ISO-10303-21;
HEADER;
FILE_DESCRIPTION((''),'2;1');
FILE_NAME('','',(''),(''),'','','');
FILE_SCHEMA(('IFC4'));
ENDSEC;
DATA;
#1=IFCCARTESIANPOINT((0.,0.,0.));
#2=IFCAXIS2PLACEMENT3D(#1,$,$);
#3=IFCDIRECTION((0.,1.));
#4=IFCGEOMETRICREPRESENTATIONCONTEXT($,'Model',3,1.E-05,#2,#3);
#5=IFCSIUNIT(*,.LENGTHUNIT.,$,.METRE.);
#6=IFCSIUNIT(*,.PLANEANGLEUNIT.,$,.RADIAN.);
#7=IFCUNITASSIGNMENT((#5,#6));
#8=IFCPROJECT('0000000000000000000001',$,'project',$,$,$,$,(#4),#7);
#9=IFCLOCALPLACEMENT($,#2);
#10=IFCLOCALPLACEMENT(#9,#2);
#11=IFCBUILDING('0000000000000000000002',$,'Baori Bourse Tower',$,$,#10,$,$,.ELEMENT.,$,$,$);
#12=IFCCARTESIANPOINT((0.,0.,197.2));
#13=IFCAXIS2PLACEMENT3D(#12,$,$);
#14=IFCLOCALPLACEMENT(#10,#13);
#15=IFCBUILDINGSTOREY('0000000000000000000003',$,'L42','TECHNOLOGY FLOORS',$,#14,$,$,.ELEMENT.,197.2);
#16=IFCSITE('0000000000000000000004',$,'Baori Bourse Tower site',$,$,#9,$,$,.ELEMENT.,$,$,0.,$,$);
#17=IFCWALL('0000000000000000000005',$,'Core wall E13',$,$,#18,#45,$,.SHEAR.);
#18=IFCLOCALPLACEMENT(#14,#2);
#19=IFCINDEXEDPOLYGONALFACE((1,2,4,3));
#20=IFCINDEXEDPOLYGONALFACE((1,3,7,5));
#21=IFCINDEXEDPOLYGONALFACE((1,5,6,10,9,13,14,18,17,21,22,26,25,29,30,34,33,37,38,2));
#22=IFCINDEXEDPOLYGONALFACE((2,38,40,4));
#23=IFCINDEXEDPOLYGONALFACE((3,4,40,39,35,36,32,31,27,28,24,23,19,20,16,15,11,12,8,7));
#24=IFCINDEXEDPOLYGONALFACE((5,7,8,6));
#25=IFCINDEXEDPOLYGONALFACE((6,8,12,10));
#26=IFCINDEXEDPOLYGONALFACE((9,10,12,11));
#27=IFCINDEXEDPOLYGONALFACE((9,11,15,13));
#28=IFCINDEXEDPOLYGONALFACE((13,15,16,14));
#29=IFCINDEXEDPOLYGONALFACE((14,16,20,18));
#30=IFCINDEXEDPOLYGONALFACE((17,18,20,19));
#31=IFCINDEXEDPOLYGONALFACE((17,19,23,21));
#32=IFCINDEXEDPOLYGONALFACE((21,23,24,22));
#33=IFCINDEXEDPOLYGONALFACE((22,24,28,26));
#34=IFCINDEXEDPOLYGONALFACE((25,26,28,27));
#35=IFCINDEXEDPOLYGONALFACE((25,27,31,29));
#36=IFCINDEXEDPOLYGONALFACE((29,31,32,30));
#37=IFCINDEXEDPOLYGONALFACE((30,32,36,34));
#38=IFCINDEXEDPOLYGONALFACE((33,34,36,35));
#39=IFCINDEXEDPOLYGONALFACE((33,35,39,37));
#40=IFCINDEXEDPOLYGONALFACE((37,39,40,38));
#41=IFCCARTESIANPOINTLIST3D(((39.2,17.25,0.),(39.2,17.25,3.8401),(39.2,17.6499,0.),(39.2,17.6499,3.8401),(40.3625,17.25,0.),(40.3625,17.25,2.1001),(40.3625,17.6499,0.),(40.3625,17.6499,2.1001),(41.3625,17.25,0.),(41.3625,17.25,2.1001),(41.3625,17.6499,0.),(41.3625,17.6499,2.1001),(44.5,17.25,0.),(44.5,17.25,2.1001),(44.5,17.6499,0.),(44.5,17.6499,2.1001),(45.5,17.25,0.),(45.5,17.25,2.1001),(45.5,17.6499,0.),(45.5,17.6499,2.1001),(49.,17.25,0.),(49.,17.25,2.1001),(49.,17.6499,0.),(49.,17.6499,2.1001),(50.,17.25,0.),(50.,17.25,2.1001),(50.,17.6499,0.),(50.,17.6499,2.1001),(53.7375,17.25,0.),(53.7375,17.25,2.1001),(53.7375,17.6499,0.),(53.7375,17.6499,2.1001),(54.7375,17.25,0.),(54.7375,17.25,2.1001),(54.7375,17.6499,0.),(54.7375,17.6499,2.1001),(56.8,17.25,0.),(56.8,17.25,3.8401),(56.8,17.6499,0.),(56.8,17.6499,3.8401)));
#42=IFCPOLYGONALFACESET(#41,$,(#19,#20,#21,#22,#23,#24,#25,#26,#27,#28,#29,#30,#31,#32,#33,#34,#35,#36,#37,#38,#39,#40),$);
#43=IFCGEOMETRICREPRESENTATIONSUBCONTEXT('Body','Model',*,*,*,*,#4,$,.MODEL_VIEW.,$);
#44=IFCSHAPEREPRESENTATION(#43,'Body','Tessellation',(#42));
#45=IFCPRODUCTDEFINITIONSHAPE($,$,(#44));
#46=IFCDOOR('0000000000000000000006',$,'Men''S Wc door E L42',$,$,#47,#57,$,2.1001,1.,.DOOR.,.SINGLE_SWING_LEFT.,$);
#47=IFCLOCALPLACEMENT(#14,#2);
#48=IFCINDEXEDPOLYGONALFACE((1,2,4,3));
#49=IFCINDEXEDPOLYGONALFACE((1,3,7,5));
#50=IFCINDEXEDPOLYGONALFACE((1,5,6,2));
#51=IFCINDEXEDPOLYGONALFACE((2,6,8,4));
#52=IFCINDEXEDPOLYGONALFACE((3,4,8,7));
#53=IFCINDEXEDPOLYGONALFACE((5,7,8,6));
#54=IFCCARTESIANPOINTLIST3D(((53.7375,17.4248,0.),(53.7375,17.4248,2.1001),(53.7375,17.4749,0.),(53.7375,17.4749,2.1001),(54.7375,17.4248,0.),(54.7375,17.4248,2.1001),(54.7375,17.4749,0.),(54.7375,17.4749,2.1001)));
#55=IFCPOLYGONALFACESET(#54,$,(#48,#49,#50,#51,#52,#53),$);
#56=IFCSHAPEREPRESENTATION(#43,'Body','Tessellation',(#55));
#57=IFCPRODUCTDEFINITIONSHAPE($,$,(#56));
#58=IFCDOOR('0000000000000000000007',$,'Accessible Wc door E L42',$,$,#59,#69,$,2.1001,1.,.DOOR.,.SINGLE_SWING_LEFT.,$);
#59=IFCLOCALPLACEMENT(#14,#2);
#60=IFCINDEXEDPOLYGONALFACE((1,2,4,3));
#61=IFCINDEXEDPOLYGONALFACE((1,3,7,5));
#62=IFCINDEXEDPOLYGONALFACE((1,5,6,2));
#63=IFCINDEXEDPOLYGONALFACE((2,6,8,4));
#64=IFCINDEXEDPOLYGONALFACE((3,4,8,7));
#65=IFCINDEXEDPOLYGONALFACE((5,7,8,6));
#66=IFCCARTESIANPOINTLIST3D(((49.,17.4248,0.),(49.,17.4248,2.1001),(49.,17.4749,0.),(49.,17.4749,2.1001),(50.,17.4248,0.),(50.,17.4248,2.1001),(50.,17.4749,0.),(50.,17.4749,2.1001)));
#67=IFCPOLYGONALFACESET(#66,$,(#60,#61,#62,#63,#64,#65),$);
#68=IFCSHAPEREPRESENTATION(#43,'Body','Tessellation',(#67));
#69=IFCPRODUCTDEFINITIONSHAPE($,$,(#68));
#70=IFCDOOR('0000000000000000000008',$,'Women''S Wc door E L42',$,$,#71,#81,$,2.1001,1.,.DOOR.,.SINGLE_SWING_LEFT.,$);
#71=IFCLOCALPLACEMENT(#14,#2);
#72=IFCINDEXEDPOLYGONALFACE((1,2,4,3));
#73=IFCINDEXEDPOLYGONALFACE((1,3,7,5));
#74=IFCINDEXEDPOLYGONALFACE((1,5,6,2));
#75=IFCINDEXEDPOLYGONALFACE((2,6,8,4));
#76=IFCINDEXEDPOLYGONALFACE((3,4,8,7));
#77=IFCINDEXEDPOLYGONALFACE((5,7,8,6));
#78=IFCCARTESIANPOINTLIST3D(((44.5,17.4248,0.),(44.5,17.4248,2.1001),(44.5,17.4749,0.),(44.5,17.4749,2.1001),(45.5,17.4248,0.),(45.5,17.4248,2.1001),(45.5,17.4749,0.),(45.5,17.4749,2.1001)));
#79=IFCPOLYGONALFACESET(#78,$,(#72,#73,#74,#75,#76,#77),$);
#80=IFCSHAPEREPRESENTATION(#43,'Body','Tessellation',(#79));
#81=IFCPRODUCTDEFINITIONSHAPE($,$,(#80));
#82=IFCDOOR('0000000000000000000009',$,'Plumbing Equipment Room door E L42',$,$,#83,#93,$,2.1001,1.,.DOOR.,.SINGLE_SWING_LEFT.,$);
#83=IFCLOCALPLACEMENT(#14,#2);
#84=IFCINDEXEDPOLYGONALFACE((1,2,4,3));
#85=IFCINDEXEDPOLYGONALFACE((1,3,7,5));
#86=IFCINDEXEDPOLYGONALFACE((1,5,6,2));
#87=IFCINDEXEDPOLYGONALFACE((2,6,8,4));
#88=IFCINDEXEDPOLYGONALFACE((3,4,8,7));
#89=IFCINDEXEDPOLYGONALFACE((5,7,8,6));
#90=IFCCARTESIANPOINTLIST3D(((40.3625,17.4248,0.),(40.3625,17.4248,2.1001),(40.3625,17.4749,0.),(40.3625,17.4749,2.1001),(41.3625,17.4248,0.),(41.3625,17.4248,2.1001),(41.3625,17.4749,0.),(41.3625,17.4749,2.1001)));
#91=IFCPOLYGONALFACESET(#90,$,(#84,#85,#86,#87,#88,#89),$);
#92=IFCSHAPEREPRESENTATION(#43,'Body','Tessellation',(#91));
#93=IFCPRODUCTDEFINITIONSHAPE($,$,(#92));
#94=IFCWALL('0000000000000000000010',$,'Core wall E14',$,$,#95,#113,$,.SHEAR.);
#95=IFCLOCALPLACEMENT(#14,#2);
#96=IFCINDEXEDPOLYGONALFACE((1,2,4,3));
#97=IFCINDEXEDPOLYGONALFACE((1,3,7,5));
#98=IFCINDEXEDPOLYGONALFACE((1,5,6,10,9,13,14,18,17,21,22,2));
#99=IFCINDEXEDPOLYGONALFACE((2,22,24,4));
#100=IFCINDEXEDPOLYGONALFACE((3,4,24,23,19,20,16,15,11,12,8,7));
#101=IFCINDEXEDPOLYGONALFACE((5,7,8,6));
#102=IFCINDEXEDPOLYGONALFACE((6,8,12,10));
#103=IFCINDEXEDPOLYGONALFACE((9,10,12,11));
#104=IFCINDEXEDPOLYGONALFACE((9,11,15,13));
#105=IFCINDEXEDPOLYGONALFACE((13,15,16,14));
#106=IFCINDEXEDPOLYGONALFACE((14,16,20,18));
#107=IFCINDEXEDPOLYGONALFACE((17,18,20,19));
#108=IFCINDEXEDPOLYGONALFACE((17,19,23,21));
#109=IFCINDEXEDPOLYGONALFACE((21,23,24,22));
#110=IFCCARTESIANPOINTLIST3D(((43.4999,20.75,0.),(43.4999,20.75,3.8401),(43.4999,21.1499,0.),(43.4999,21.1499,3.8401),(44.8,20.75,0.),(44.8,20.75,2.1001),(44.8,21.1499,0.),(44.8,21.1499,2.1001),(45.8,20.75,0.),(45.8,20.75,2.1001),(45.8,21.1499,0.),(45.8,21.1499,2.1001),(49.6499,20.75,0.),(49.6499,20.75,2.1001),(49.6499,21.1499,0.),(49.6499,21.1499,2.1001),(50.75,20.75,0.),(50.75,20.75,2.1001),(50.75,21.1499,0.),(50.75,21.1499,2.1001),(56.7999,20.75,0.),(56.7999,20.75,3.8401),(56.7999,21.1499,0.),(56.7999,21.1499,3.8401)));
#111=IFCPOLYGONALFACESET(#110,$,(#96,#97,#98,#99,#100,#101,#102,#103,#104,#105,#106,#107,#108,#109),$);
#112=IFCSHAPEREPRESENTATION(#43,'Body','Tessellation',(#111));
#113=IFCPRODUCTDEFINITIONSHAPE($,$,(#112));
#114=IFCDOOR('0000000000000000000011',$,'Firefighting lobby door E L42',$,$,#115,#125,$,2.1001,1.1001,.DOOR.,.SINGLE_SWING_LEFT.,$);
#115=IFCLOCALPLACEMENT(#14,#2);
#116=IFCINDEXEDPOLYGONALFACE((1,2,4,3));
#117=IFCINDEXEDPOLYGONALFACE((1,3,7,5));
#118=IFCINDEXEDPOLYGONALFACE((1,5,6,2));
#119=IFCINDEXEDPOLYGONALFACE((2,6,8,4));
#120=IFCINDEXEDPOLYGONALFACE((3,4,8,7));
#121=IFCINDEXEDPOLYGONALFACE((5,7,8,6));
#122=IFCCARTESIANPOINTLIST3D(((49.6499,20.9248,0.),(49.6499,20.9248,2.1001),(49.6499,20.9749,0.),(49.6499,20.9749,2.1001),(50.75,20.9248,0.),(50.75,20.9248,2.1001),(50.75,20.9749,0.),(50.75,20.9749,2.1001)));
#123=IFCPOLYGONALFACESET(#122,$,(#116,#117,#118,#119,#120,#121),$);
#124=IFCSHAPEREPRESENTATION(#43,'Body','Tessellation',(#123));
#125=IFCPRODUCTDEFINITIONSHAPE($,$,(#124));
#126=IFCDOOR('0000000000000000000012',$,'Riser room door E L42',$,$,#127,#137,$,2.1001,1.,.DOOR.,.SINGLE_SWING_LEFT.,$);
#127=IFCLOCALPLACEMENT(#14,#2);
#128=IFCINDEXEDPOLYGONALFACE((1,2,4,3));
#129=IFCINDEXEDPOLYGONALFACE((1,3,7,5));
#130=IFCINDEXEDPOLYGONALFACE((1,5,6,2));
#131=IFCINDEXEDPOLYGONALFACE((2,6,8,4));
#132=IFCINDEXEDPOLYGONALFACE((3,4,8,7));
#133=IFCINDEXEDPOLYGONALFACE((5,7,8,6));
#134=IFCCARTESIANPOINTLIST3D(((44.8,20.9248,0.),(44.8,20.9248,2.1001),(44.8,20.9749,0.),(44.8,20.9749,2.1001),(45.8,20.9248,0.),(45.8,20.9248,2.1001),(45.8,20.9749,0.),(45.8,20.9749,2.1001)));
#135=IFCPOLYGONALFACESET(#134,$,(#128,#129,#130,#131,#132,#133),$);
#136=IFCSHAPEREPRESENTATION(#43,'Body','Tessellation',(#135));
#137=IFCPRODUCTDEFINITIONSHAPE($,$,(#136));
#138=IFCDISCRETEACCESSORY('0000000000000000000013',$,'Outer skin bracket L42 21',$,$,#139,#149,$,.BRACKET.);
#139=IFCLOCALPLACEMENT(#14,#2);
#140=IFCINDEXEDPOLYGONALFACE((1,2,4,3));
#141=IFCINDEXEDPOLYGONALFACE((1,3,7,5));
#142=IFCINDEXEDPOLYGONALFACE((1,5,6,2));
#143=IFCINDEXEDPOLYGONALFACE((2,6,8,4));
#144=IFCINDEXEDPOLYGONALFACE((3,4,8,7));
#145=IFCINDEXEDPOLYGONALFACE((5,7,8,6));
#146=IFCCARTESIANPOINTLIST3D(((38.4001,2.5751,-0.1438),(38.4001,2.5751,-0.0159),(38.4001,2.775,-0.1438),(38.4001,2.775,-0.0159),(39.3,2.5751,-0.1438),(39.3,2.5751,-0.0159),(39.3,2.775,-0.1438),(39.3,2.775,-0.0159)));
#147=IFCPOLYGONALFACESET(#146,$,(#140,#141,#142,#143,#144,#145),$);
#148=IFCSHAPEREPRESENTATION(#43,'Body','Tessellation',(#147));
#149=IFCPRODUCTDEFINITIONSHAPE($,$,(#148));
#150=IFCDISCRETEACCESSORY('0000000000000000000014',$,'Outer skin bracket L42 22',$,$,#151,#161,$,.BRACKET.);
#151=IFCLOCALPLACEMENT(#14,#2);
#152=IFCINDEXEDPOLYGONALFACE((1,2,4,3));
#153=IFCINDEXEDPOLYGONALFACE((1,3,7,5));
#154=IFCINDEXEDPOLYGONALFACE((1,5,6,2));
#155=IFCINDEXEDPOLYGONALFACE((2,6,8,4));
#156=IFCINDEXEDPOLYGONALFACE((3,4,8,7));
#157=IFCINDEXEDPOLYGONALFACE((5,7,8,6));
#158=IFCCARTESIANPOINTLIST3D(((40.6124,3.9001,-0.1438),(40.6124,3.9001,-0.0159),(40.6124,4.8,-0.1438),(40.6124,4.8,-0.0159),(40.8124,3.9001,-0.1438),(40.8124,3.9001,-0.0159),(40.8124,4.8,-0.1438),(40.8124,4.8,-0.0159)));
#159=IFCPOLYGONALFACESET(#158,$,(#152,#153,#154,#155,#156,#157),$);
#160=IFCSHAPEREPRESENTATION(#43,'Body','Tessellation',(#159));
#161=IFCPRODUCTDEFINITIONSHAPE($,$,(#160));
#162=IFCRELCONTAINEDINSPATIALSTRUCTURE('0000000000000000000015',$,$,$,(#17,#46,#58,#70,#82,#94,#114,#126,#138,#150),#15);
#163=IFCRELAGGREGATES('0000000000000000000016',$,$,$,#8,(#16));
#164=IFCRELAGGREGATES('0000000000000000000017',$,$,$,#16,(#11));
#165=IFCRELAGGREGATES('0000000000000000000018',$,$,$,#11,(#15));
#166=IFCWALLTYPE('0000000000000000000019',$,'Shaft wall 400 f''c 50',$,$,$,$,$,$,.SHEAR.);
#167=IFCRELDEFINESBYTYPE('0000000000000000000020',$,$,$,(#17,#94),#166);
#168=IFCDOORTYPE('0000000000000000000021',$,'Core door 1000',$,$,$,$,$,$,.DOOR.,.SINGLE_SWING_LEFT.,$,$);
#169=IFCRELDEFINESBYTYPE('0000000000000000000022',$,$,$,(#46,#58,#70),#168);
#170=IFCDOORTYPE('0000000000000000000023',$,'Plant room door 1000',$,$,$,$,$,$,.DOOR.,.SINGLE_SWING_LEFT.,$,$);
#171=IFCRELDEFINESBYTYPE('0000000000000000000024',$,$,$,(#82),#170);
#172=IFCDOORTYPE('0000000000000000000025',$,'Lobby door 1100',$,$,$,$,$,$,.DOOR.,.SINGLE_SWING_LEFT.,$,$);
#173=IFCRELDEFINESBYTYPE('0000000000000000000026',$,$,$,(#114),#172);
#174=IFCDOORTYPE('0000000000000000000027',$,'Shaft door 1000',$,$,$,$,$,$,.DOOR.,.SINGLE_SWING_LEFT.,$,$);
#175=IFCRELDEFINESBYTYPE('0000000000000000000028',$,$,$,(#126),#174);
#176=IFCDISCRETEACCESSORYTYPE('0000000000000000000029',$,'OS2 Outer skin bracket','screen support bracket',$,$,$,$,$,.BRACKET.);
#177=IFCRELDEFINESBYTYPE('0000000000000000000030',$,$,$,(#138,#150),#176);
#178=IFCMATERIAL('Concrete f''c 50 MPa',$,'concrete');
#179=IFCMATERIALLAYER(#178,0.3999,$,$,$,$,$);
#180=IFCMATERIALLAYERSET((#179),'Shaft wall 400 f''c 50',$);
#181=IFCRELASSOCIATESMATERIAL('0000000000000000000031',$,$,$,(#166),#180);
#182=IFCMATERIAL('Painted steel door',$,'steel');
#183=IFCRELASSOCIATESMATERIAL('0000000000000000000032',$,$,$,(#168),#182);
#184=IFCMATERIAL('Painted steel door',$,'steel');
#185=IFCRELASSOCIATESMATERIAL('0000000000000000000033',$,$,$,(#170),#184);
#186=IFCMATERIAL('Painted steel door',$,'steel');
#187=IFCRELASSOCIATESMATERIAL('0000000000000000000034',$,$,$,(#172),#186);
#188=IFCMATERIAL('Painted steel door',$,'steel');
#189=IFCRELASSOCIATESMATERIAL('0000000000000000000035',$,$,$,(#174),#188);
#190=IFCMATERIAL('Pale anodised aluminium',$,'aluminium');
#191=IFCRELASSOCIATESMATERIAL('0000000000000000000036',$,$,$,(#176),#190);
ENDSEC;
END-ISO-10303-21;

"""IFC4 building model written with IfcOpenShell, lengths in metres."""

from ifc_helpers import new_model, si_unit, direction, frame, frame_2d, origin, origin_2d, place, context, subcontext, project, spatial, rectangle, extrude, material, layer, layer_set, type_object, element, fill, save


model = new_model("IFC4")

# Units and contexts
model_context = context("Model", 3, precision=1e-05, world=origin(), true_north=direction((0.0, 1.0)))
body_context = subcontext(model_context, "Body", "Model", "MODEL_VIEW")
ifc_project = project(units=[si_unit("LENGTHUNIT", "METRE"), si_unit("PLANEANGLEUNIT", "RADIAN")], contexts=[model_context])

# Site, building, storey
site_placement = place(None, origin())
site = spatial("IfcSite", under=ifc_project, at=site_placement, Name="Baori Bourse Tower site", CompositionType="ELEMENT", RefElevation=0.0)
building_placement = place(site_placement, origin())
building = spatial("IfcBuilding", under=site, at=building_placement, Name="Baori Bourse Tower", CompositionType="ELEMENT")
storey_placement = place(building_placement, frame((0.0, 0.0, 197.2)))
storey = spatial("IfcBuildingStorey", under=building, at=storey_placement, Name="L42", Description="TECHNOLOGY FLOORS", CompositionType="ELEMENT", Elevation=197.2)

# Shared definitions
ifc_material_1 = material(Name="Concrete f'c 50 MPa", Category="concrete")
ifc_layer_1 = layer(ifc_material_1, 0.3999)
ifc_layer_set_1 = layer_set([ifc_layer_1], Name="Shaft wall 400 f'c 50")
wall_type_1 = type_object("IfcWallType", Name="Shaft wall 400 f'c 50", PredefinedType="SHEAR", material=ifc_layer_set_1)

# Walls, openings, doors
wall_1_placement = place(storey_placement, frame((39.2, 17.45, 0.0), z_axis=(0.0, 0.0, 1.0), x_axis=(1.0, 0.0, 0.0)))
wall_1 = element("IfcWall", 1, at=wall_1_placement, inside=storey, type_object=wall_type_1, Name="Core wall E13", PredefinedType="SHEAR", context=body_context, shape_type="SweptSolid", body=[
    extrude(rectangle(XDim=17.6001, YDim=0.3999, at=frame_2d((8.8, 0.0))), origin(), (0.0, 0.0, 1.0), 3.8401),
])
opening_1_placement = place(wall_1_placement, frame((14.5376, 0.0, 0.0)))
opening_1 = element("IfcOpeningElement", 2, at=opening_1_placement, cuts=wall_1, PredefinedType="OPENING", context=body_context, shape_type="SweptSolid", body=[
    extrude(rectangle(XDim=1.0, YDim=2.1001, at=frame_2d((0.5, 1.05))), frame((0.0, 0.21, 0.0), z_axis=(0.0, -1.0, 0.0), x_axis=(1.0, 0.0, 0.0)), (0.0, 0.0, 1.0), 0.4199),
])
opening_2_placement = place(wall_1_placement, frame((9.8, 0.0, 0.0)))
opening_2 = element("IfcOpeningElement", 3, at=opening_2_placement, cuts=wall_1, PredefinedType="OPENING", context=body_context, shape_type="SweptSolid", body=[
    extrude(rectangle(XDim=1.0, YDim=2.1001, at=frame_2d((0.5, 1.05))), frame((0.0, 0.21, 0.0), z_axis=(0.0, -1.0, 0.0), x_axis=(1.0, 0.0, 0.0)), (0.0, 0.0, 1.0), 0.4199),
])
opening_3_placement = place(wall_1_placement, frame((5.3, 0.0, 0.0)))
opening_3 = element("IfcOpeningElement", 4, at=opening_3_placement, cuts=wall_1, PredefinedType="OPENING", context=body_context, shape_type="SweptSolid", body=[
    extrude(rectangle(XDim=1.0, YDim=2.1001, at=frame_2d((0.5, 1.05))), frame((0.0, 0.21, 0.0), z_axis=(0.0, -1.0, 0.0), x_axis=(1.0, 0.0, 0.0)), (0.0, 0.0, 1.0), 0.4199),
])
opening_4_placement = place(wall_1_placement, frame((1.1626, 0.0, 0.0)))
opening_4 = element("IfcOpeningElement", 5, at=opening_4_placement, cuts=wall_1, PredefinedType="OPENING", context=body_context, shape_type="SweptSolid", body=[
    extrude(rectangle(XDim=1.0, YDim=2.1001, at=frame_2d((0.5, 1.05))), frame((0.0, 0.21, 0.0), z_axis=(0.0, -1.0, 0.0), x_axis=(1.0, 0.0, 0.0)), (0.0, 0.0, 1.0), 0.4199),
])
ifc_material_2 = material(Name="Painted steel door", Category="steel")
door_type_1 = type_object("IfcDoorType", Name="Core door 1000", OperationType="SINGLE_SWING_LEFT", PredefinedType="DOOR", material=ifc_material_2)
door_1_placement = place(opening_1_placement, origin())
door_1 = element("IfcDoor", 6, at=door_1_placement, inside=storey, type_object=door_type_1, Name="Men'S Wc door E L42", OperationType="SINGLE_SWING_LEFT", OverallHeight=2.1001, OverallWidth=1.0, PredefinedType="DOOR", context=body_context, shape_type="SweptSolid", body=[
    extrude(rectangle(XDim=1.0, YDim=2.1001, at=frame_2d((0.5, 1.05))), frame((0.0, 0.0249, 0.0), z_axis=(0.0, -1.0, 0.0), x_axis=(1.0, 0.0, 0.0)), (0.0, 0.0, 1.0), 0.05),
])
fill(opening_1, door_1)
door_2_placement = place(opening_2_placement, origin())
door_2 = element("IfcDoor", 7, at=door_2_placement, inside=storey, type_object=door_type_1, Name="Accessible Wc door E L42", OperationType="SINGLE_SWING_LEFT", OverallHeight=2.1001, OverallWidth=1.0, PredefinedType="DOOR", context=body_context, shape_type="SweptSolid", body=[
    extrude(rectangle(XDim=1.0, YDim=2.1001, at=frame_2d((0.5, 1.05))), frame((0.0, 0.0249, 0.0), z_axis=(0.0, -1.0, 0.0), x_axis=(1.0, 0.0, 0.0)), (0.0, 0.0, 1.0), 0.05),
])
fill(opening_2, door_2)
door_3_placement = place(opening_3_placement, origin())
door_3 = element("IfcDoor", 8, at=door_3_placement, inside=storey, type_object=door_type_1, Name="Women'S Wc door E L42", OperationType="SINGLE_SWING_LEFT", OverallHeight=2.1001, OverallWidth=1.0, PredefinedType="DOOR", context=body_context, shape_type="SweptSolid", body=[
    extrude(rectangle(XDim=1.0, YDim=2.1001, at=frame_2d((0.5, 1.05))), frame((0.0, 0.0249, 0.0), z_axis=(0.0, -1.0, 0.0), x_axis=(1.0, 0.0, 0.0)), (0.0, 0.0, 1.0), 0.05),
])
fill(opening_3, door_3)
ifc_material_3 = material(Name="Painted steel door", Category="steel")
door_type_2 = type_object("IfcDoorType", Name="Plant room door 1000", OperationType="SINGLE_SWING_LEFT", PredefinedType="DOOR", material=ifc_material_3)
door_4_placement = place(opening_4_placement, origin())
door_4 = element("IfcDoor", 9, at=door_4_placement, inside=storey, type_object=door_type_2, Name="Plumbing Equipment Room door E L42", OperationType="SINGLE_SWING_LEFT", OverallHeight=2.1001, OverallWidth=1.0, PredefinedType="DOOR", context=body_context, shape_type="SweptSolid", body=[
    extrude(rectangle(XDim=1.0, YDim=2.1001, at=frame_2d((0.5, 1.05))), frame((0.0, 0.0249, 0.0), z_axis=(0.0, -1.0, 0.0), x_axis=(1.0, 0.0, 0.0)), (0.0, 0.0, 1.0), 0.05),
])
fill(opening_4, door_4)
wall_2_placement = place(storey_placement, frame((43.5, 20.95, 0.0), z_axis=(0.0, 0.0, 1.0), x_axis=(1.0, 0.0, 0.0)))
wall_2 = element("IfcWall", 10, at=wall_2_placement, inside=storey, type_object=wall_type_1, Name="Core wall E14", PredefinedType="SHEAR", context=body_context, shape_type="SweptSolid", body=[
    extrude(rectangle(XDim=13.3, YDim=0.3999, at=frame_2d((6.6499, 0.0))), origin(), (0.0, 0.0, 1.0), 3.8401),
])
opening_5_placement = place(wall_2_placement, frame((6.1499, 0.0, 0.0)))
opening_5 = element("IfcOpeningElement", 11, at=opening_5_placement, cuts=wall_2, PredefinedType="OPENING", context=body_context, shape_type="SweptSolid", body=[
    extrude(rectangle(XDim=1.1001, YDim=2.1001, at=frame_2d((0.55, 1.05))), frame((0.0, 0.21, 0.0), z_axis=(0.0, -1.0, 0.0), x_axis=(1.0, 0.0, 0.0)), (0.0, 0.0, 1.0), 0.4199),
])
opening_6_placement = place(wall_2_placement, frame((1.3, 0.0, 0.0)))
opening_6 = element("IfcOpeningElement", 12, at=opening_6_placement, cuts=wall_2, PredefinedType="OPENING", context=body_context, shape_type="SweptSolid", body=[
    extrude(rectangle(XDim=1.0, YDim=2.1001, at=frame_2d((0.5, 1.05))), frame((0.0, 0.21, 0.0), z_axis=(0.0, -1.0, 0.0), x_axis=(1.0, 0.0, 0.0)), (0.0, 0.0, 1.0), 0.4199),
])
ifc_material_4 = material(Name="Painted steel door", Category="steel")
door_type_3 = type_object("IfcDoorType", Name="Lobby door 1100", OperationType="SINGLE_SWING_LEFT", PredefinedType="DOOR", material=ifc_material_4)
door_5_placement = place(opening_5_placement, origin())
door_5 = element("IfcDoor", 13, at=door_5_placement, inside=storey, type_object=door_type_3, Name="Firefighting lobby door E L42", OperationType="SINGLE_SWING_LEFT", OverallHeight=2.1001, OverallWidth=1.1001, PredefinedType="DOOR", context=body_context, shape_type="SweptSolid", body=[
    extrude(rectangle(XDim=1.1001, YDim=2.1001, at=frame_2d((0.55, 1.05))), frame((0.0, 0.0249, 0.0), z_axis=(0.0, -1.0, 0.0), x_axis=(1.0, 0.0, 0.0)), (0.0, 0.0, 1.0), 0.05),
])
fill(opening_5, door_5)
ifc_material_5 = material(Name="Painted steel door", Category="steel")
door_type_4 = type_object("IfcDoorType", Name="Shaft door 1000", OperationType="SINGLE_SWING_LEFT", PredefinedType="DOOR", material=ifc_material_5)
door_6_placement = place(opening_6_placement, origin())
door_6 = element("IfcDoor", 14, at=door_6_placement, inside=storey, type_object=door_type_4, Name="Riser room door E L42", OperationType="SINGLE_SWING_LEFT", OverallHeight=2.1001, OverallWidth=1.0, PredefinedType="DOOR", context=body_context, shape_type="SweptSolid", body=[
    extrude(rectangle(XDim=1.0, YDim=2.1001, at=frame_2d((0.5, 1.05))), frame((0.0, 0.0249, 0.0), z_axis=(0.0, -1.0, 0.0), x_axis=(1.0, 0.0, 0.0)), (0.0, 0.0, 1.0), 0.05),
])
fill(opening_6, door_6)

# Discrete accessories
ifc_material_6 = material(Name="Pale anodised aluminium", Category="aluminium")
discrete_accessory_type = type_object("IfcDiscreteAccessoryType", Name="OS2 Outer skin bracket", Description="screen support bracket", PredefinedType="BRACKET", material=ifc_material_6)
for number, where, z_axis, x_axis, name in (
    (15, (38.8501, 2.675, -0.1438), (0.0, 0.0, 1.0), (0.0, 1.0, 0.0), "Outer skin bracket L42 21"),
    (16, (40.7124, 4.3501, -0.1438), (0.0, 0.0, 1.0), (1.0, 0.0, 0.0), "Outer skin bracket L42 22"),
):
    element("IfcDiscreteAccessory", number, at=place(storey_placement, frame(where, z_axis=z_axis, x_axis=x_axis)), inside=storey, type_object=discrete_accessory_type, Name=name, PredefinedType="BRACKET", context=body_context, shape_type="SweptSolid", body=[
        extrude(rectangle(XDim=0.2, YDim=0.8999, at=origin_2d()), origin(), (0.0, 0.0, 1.0), 0.1279),
    ])

save(model, "model.ifc")
